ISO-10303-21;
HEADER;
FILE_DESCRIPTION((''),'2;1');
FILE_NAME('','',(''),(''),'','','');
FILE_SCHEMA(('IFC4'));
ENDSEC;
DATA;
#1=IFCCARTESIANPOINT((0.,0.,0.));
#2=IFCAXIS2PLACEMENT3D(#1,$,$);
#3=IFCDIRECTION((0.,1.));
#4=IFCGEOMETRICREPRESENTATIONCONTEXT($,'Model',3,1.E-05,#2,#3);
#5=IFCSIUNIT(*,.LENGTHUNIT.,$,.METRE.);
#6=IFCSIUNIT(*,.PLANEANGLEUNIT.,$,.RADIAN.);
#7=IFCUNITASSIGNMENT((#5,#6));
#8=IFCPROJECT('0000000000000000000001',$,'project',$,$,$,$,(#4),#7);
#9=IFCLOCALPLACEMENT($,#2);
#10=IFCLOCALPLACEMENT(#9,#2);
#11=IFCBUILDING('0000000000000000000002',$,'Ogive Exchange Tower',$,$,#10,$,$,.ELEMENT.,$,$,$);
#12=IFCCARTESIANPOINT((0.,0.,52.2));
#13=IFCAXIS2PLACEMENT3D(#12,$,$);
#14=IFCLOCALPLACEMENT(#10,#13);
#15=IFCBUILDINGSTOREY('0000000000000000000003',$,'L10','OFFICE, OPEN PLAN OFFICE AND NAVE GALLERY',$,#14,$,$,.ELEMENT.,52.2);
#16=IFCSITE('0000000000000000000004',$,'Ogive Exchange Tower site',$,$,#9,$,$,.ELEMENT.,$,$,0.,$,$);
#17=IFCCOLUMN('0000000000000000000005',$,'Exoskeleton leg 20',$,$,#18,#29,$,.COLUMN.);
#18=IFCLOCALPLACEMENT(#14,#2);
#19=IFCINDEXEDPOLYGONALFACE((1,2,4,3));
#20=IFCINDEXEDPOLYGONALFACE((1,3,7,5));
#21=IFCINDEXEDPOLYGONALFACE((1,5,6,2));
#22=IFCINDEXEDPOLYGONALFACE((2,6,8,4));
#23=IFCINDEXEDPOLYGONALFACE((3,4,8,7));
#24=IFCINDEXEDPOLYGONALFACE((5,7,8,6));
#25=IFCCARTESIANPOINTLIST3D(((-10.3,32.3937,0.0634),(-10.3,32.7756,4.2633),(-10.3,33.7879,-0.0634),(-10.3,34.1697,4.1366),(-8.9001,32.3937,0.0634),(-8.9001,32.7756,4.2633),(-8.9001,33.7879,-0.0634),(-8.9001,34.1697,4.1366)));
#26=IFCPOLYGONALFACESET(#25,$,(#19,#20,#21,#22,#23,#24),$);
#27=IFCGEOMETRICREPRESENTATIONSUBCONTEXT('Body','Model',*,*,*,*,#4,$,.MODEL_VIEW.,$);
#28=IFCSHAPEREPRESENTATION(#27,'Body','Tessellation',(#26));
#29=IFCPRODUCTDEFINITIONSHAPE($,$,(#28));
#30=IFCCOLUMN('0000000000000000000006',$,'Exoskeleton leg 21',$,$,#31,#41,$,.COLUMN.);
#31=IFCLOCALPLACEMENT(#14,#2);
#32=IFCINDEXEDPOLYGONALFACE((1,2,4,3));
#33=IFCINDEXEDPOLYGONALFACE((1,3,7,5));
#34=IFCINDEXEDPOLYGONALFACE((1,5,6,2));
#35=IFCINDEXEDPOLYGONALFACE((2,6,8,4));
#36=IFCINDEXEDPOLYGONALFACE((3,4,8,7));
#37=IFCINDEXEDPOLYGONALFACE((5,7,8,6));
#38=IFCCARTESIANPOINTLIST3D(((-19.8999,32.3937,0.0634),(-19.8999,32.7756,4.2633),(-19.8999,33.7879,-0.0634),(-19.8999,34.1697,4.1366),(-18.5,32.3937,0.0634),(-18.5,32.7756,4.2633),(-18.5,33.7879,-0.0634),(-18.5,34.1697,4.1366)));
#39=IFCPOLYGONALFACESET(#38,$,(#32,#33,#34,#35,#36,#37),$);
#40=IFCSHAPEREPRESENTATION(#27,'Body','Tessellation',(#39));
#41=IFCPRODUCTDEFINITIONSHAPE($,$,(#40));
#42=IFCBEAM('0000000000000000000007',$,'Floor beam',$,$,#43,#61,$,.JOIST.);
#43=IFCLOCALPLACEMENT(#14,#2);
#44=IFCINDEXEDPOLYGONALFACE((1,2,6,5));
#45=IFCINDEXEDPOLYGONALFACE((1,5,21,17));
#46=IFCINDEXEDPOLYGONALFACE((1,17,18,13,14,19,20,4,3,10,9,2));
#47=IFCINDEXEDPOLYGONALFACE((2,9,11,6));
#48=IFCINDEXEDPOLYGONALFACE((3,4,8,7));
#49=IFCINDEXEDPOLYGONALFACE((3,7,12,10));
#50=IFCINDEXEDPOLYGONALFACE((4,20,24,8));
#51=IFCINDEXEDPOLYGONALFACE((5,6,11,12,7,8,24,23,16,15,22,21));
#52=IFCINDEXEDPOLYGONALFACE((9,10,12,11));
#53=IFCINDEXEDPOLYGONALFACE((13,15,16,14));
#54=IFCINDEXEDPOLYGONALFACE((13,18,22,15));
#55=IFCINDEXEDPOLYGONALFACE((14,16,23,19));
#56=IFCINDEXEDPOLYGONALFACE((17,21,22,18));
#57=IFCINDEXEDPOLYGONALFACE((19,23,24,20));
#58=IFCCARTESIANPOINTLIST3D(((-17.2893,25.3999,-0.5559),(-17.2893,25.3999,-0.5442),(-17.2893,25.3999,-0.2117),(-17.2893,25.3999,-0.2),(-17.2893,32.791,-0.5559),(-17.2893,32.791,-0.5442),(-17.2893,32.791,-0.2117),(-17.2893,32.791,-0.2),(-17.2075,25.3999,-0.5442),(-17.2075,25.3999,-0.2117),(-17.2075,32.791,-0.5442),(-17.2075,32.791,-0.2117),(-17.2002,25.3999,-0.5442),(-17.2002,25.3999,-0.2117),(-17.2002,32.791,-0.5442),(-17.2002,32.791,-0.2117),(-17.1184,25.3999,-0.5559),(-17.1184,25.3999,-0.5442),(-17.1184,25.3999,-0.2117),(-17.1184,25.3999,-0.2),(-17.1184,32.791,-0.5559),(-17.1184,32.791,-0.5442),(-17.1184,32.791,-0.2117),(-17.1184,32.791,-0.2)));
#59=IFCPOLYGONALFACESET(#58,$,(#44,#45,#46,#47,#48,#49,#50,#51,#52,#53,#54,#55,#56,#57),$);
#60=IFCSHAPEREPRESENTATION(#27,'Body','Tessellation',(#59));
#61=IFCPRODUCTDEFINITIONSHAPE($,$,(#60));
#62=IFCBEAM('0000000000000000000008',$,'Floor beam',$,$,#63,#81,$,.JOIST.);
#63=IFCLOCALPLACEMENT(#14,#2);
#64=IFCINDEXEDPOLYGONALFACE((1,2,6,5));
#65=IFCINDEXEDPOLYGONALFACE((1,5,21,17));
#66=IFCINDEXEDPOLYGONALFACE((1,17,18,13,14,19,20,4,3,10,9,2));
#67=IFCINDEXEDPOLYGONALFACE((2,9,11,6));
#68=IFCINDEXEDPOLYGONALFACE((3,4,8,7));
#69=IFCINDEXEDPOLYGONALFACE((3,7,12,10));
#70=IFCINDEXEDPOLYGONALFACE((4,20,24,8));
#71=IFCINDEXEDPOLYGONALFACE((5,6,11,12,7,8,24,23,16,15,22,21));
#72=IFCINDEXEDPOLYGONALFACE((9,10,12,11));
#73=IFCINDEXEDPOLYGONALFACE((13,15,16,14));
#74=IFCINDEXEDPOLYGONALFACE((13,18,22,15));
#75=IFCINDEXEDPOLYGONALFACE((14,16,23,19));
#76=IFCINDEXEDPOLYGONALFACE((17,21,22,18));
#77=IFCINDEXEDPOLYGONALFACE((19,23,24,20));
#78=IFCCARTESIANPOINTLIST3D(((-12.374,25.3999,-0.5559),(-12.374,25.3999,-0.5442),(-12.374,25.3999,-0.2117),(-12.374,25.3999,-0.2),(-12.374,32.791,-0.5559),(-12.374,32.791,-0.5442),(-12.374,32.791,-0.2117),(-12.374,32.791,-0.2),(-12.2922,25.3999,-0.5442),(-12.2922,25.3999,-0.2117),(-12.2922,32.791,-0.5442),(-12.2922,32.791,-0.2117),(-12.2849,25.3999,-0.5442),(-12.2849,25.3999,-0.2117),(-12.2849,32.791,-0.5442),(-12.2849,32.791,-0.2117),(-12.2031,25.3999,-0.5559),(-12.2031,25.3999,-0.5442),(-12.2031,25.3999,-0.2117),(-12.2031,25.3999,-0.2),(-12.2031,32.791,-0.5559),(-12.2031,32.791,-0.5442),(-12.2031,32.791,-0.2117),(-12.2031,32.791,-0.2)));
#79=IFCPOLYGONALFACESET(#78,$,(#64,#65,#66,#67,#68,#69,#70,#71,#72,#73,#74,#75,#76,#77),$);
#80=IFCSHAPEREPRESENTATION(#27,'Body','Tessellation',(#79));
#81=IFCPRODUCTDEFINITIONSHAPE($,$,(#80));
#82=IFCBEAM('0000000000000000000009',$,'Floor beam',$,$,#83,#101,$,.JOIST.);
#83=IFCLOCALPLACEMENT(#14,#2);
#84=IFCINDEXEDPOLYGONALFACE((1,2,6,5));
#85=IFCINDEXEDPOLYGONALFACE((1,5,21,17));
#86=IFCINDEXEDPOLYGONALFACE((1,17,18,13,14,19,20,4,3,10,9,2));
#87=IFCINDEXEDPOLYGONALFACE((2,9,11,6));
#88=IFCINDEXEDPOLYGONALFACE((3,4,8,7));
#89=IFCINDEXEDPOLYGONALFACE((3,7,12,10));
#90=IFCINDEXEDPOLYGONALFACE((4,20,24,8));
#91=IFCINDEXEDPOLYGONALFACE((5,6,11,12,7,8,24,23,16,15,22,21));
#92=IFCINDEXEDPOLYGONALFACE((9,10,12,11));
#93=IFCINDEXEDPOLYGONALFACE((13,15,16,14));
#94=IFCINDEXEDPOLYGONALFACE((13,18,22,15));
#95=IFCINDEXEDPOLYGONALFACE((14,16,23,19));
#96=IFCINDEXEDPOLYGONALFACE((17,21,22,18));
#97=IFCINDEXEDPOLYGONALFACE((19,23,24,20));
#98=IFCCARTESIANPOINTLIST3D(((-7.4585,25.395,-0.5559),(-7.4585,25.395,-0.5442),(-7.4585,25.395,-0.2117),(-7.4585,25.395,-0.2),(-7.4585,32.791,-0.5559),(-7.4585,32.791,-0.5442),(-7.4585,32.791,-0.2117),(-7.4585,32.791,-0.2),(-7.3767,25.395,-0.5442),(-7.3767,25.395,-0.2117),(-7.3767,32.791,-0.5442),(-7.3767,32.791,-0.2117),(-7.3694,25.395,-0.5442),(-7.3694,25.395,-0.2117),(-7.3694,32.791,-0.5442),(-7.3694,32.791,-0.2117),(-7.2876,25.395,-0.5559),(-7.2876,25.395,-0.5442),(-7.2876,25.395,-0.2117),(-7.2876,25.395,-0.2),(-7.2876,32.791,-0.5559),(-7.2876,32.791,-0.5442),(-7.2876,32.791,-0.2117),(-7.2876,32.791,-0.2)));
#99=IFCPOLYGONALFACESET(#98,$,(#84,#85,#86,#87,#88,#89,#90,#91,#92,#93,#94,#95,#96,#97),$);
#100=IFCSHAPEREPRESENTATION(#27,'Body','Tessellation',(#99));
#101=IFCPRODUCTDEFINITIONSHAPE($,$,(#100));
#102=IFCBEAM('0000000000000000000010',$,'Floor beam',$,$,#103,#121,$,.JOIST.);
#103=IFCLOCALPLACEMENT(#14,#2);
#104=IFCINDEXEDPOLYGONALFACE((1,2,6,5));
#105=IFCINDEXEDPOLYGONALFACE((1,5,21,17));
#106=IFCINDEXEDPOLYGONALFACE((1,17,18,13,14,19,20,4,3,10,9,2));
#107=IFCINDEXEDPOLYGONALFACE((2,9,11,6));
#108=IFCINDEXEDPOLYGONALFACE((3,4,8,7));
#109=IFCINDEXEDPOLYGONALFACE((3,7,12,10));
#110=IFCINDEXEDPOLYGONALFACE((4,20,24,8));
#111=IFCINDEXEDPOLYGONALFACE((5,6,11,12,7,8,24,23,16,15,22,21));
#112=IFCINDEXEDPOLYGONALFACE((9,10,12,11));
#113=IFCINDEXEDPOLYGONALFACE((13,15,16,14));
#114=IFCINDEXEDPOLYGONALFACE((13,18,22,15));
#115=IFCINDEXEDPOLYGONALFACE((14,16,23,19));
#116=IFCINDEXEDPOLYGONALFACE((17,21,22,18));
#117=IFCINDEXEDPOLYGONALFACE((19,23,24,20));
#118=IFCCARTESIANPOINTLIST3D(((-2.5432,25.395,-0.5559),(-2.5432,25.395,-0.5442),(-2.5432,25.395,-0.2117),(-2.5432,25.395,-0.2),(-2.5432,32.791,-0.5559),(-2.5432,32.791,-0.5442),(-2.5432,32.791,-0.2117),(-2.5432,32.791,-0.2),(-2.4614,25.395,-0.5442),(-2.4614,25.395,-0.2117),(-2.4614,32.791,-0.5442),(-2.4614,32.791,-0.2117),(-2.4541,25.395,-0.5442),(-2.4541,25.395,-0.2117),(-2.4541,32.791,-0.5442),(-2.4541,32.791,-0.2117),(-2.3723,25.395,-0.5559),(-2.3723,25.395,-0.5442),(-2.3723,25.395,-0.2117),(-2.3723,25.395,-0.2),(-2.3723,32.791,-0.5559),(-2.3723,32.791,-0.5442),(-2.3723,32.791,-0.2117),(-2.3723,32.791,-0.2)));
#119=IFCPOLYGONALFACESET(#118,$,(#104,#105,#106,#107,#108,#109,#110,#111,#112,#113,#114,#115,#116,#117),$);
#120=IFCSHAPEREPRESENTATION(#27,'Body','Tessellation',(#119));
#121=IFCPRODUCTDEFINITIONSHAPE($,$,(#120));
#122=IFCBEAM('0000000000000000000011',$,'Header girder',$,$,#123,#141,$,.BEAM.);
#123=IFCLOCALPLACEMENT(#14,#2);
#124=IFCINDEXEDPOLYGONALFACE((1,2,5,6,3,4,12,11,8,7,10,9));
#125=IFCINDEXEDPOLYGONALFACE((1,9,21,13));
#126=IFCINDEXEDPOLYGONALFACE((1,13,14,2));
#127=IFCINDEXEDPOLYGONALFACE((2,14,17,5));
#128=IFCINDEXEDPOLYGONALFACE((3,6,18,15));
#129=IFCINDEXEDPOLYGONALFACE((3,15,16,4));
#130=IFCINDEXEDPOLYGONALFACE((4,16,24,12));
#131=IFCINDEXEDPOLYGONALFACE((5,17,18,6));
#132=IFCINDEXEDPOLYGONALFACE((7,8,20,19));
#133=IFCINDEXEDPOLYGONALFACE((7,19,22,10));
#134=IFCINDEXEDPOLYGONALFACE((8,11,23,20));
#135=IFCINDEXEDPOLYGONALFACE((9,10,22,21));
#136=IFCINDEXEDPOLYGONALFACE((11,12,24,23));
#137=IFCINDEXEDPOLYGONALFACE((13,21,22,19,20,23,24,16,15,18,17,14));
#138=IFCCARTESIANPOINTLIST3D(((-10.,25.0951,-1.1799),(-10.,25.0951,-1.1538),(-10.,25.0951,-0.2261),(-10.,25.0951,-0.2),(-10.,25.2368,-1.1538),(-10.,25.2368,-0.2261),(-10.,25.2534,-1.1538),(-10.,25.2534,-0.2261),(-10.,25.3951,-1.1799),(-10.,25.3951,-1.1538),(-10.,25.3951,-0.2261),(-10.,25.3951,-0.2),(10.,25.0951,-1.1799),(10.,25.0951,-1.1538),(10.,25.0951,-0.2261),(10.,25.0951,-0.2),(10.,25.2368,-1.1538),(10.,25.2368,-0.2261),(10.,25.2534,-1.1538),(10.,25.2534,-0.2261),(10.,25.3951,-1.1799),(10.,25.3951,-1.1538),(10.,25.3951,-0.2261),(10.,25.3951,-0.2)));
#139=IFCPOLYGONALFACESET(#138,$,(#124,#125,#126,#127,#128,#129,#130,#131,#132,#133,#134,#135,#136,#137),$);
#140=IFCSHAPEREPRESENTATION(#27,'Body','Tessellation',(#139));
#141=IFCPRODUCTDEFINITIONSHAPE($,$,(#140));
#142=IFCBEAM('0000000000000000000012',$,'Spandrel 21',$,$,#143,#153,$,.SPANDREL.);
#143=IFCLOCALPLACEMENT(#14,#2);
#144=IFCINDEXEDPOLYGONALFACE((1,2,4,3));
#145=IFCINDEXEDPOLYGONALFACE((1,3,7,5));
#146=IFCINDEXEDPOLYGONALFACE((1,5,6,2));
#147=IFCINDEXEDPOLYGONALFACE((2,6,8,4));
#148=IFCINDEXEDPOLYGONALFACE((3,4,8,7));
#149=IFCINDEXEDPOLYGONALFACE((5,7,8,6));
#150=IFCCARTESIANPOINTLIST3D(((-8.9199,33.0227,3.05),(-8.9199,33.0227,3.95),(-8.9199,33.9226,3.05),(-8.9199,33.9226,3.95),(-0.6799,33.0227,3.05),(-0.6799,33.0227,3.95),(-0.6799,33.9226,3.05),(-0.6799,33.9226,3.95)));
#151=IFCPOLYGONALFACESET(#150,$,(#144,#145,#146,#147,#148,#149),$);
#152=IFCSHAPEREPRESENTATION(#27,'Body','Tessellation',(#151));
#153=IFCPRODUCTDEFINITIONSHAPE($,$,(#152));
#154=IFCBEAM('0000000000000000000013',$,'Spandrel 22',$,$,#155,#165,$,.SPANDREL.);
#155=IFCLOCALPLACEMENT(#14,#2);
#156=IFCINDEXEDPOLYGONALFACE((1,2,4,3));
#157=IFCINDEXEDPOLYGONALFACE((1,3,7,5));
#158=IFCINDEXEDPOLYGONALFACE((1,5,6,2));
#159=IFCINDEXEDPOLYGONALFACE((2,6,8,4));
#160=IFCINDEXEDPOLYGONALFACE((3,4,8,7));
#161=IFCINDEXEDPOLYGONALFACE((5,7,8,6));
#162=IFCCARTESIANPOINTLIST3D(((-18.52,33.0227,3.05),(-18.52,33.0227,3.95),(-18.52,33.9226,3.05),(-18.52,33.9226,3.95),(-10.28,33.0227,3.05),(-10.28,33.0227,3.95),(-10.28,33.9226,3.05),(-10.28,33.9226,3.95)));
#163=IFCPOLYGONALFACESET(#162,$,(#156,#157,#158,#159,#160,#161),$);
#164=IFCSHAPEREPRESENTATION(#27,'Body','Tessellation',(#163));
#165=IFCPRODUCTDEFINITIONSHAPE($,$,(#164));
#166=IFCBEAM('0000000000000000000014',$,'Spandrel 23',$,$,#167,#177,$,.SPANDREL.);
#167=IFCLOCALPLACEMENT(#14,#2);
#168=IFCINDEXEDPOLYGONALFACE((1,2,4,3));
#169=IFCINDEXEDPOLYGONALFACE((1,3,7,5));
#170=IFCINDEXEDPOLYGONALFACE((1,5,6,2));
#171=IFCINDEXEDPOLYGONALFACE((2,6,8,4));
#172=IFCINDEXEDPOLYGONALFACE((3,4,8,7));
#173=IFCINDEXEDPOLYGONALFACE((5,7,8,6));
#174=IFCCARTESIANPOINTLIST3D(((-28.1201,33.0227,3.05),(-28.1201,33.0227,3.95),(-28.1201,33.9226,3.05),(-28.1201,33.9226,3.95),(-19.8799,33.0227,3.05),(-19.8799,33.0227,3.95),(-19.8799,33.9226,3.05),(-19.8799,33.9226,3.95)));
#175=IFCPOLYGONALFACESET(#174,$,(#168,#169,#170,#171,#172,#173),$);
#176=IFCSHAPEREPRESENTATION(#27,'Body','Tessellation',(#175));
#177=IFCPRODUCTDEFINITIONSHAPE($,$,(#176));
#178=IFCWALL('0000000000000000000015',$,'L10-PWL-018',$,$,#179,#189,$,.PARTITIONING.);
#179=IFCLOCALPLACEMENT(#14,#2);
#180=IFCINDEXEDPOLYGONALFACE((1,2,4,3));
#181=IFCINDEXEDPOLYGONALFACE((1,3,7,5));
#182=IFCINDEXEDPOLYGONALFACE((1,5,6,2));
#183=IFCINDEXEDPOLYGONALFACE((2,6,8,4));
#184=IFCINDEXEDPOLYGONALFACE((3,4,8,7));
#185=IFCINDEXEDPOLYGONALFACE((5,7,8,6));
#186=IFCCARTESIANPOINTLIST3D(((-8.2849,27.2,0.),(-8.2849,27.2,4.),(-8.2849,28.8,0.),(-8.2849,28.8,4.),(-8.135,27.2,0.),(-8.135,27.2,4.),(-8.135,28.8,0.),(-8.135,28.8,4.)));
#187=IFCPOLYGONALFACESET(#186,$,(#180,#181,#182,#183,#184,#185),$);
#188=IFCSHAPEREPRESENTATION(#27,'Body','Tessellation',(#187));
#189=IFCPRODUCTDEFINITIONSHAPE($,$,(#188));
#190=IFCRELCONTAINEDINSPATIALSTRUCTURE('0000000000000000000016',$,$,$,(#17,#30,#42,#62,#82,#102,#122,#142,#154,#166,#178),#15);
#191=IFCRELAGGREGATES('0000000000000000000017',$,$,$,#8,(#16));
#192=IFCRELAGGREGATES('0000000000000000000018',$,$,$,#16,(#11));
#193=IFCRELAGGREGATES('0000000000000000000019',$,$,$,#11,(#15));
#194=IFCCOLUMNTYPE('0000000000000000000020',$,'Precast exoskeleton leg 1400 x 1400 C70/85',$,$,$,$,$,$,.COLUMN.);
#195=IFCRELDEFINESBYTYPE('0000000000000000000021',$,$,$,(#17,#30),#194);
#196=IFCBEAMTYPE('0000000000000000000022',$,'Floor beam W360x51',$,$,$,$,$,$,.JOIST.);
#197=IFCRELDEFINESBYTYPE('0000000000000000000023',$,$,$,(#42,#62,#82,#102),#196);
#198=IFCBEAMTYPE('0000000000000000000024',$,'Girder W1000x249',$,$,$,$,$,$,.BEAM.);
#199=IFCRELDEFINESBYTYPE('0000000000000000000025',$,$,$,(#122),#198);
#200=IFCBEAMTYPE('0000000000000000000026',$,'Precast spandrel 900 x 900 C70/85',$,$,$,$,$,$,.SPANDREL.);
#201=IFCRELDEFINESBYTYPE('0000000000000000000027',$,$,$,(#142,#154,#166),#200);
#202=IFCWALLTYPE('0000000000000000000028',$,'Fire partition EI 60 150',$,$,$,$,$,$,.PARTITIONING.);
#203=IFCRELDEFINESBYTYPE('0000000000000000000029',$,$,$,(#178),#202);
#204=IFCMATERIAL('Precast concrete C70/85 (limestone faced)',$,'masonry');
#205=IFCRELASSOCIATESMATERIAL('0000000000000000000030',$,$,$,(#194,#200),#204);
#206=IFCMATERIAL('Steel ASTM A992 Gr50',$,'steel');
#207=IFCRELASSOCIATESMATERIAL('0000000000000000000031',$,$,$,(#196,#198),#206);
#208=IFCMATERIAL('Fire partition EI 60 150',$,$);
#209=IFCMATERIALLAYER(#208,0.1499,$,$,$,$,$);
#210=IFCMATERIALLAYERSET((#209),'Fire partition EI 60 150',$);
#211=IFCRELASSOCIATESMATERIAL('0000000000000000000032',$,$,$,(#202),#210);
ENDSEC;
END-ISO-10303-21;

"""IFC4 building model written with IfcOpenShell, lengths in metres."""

from ifc_helpers import new_model, si_unit, direction, frame, frame_2d, origin, origin_2d, place, context, subcontext, project, spatial, rectangle, i_section, extrude, material, layer, layer_set, material_profile, profile_set, type_object, element, save


model = new_model("IFC4")

# Units and contexts
model_context = context("Model", 3, precision=1e-05, world=origin(), true_north=direction((0.0, 1.0)))
body_context = subcontext(model_context, "Body", "Model", "MODEL_VIEW")
ifc_project = project(units=[si_unit("LENGTHUNIT", "METRE"), si_unit("PLANEANGLEUNIT", "RADIAN")], contexts=[model_context])

# Site, building, storey
site_placement = place(None, origin())
site = spatial("IfcSite", under=ifc_project, at=site_placement, Name="Ogive Exchange Tower site", CompositionType="ELEMENT", RefElevation=0.0)
building_placement = place(site_placement, origin())
building = spatial("IfcBuilding", under=site, at=building_placement, Name="Ogive Exchange Tower", CompositionType="ELEMENT")
storey_placement = place(building_placement, frame((0.0, 0.0, 52.2)))
storey = spatial("IfcBuildingStorey", under=building, at=storey_placement, Name="L10", Description="OFFICE, OPEN PLAN OFFICE AND NAVE GALLERY", CompositionType="ELEMENT", Elevation=52.2)

# Columns
ifc_material_1 = material(Name="Precast concrete C70/85 (limestone faced)", Category="masonry")
ifc_material_profile_1 = material_profile(ifc_material_1, rectangle(XDim=1.3999, YDim=1.3999, at=origin_2d()), Name="1400 x 1400")
ifc_profile_set_1 = profile_set([ifc_material_profile_1], Name="Precast concrete C70/85 (limestone faced)")
column_type = type_object("IfcColumnType", Name="Precast exoskeleton leg 1400 x 1400 C70/85", PredefinedType="COLUMN", material=ifc_profile_set_1)
for number, where, z_axis, x_axis, name in (
    (1, (-9.6001, 33.0908, 0.0), (0.0, 0.090541, 0.995893), (-1.0, 0.0, 0.0), "Exoskeleton leg 20"),
    (2, (-19.2, 33.0908, 0.0), (0.0, 0.090541, 0.995893), (-1.0, 0.0, 0.0), "Exoskeleton leg 21"),
):
    element("IfcColumn", number, at=place(storey_placement, frame(where, z_axis=z_axis, x_axis=x_axis)), inside=storey, type_object=column_type, Name=name, PredefinedType="COLUMN", context=body_context, shape_type="SweptSolid", body=[
        extrude(rectangle(XDim=1.3999, YDim=1.3999, at=origin_2d()), origin(), (0.0, 0.0, 1.0), 4.2173),
    ])

# Beams
ifc_material_2 = material(Name="Steel ASTM A992 Gr50", Category="steel")
ifc_material_profile_2 = material_profile(ifc_material_2, i_section(OverallWidth=0.1709, OverallDepth=0.356, WebThickness=0.0073, FlangeThickness=0.0117, at=origin_2d()), Name="W360x51")
ifc_profile_set_2 = profile_set([ifc_material_profile_2], Name="Steel ASTM A992 Gr50")
beam_type_1 = type_object("IfcBeamType", Name="Floor beam W360x51", PredefinedType="JOIST", material=ifc_profile_set_2)
for number, where, z_axis, x_axis, name in (
    (3, (-17.2039, 25.3999, -0.3779), (0.0, 1.0, 0.0), (-1.0, 0.0, 0.0), "Floor beam"),
    (4, (-12.2886, 25.3999, -0.3779), (0.0, 1.0, 0.0), (-1.0, 0.0, 0.0), "Floor beam"),
):
    element("IfcBeam", number, at=place(storey_placement, frame(where, z_axis=z_axis, x_axis=x_axis)), inside=storey, type_object=beam_type_1, Name=name, PredefinedType="JOIST", context=body_context, shape_type="SweptSolid", body=[
        extrude(i_section(OverallWidth=0.1709, OverallDepth=0.356, WebThickness=0.0073, FlangeThickness=0.0117, at=origin_2d()), origin(), (0.0, 0.0, 1.0), 7.3911),
    ])
for number, where, z_axis, x_axis, name in (
    (5, (-7.373, 25.395, -0.3779), (0.0, 1.0, 0.0), (-1.0, 0.0, 0.0), "Floor beam"),
    (6, (-2.4578, 25.395, -0.3779), (0.0, 1.0, 0.0), (-1.0, 0.0, 0.0), "Floor beam"),
):
    element("IfcBeam", number, at=place(storey_placement, frame(where, z_axis=z_axis, x_axis=x_axis)), inside=storey, type_object=beam_type_1, Name=name, PredefinedType="JOIST", context=body_context, shape_type="SweptSolid", body=[
        extrude(i_section(OverallWidth=0.1709, OverallDepth=0.356, WebThickness=0.0073, FlangeThickness=0.0117, at=origin_2d()), origin(), (0.0, 0.0, 1.0), 7.396),
    ])
ifc_material_profile_3 = material_profile(ifc_material_2, i_section(OverallWidth=0.3, OverallDepth=0.98, WebThickness=0.0166, FlangeThickness=0.0261, at=origin_2d()), Name="W1000x249")
ifc_profile_set_3 = profile_set([ifc_material_profile_3], Name="Steel ASTM A992 Gr50")
beam_type_2 = type_object("IfcBeamType", Name="Girder W1000x249", PredefinedType="BEAM", material=ifc_profile_set_3)
beam_1_placement = place(storey_placement, frame((-10.0, 25.2451, -0.6899), z_axis=(1.0, 0.0, 0.0), x_axis=(0.0, 1.0, 0.0)))
element("IfcBeam", 7, at=beam_1_placement, inside=storey, type_object=beam_type_2, Name="Header girder", PredefinedType="BEAM", context=body_context, shape_type="SweptSolid", body=[
    extrude(i_section(OverallWidth=0.3, OverallDepth=0.98, WebThickness=0.0166, FlangeThickness=0.0261, at=origin_2d()), origin(), (0.0, 0.0, 1.0), 20.0),
])
ifc_material_profile_4 = material_profile(ifc_material_1, rectangle(XDim=0.8999, YDim=0.8999, at=origin_2d()), Name="900 x 900")
ifc_profile_set_4 = profile_set([ifc_material_profile_4], Name="Precast concrete C70/85 (limestone faced)")
beam_type_3 = type_object("IfcBeamType", Name="Precast spandrel 900 x 900 C70/85", PredefinedType="SPANDREL", material=ifc_profile_set_4)
for number, where, z_axis, x_axis, name in (
    (8, (-0.6799, 33.4727, 3.5), (-1.0, 0.0, 0.0), (0.0, -1.0, 0.0), "Spandrel 21"),
    (9, (-10.28, 33.4727, 3.5), (-1.0, 0.0, 0.0), (0.0, -1.0, 0.0), "Spandrel 22"),
):
    element("IfcBeam", number, at=place(storey_placement, frame(where, z_axis=z_axis, x_axis=x_axis)), inside=storey, type_object=beam_type_3, Name=name, PredefinedType="SPANDREL", context=body_context, shape_type="SweptSolid", body=[
        extrude(rectangle(XDim=0.8999, YDim=0.8999, at=origin_2d()), origin(), (0.0, 0.0, 1.0), 8.24),
    ])
beam_2_placement = place(storey_placement, frame((-19.8799, 33.4727, 3.5), z_axis=(-1.0, 0.0, 0.0), x_axis=(0.0, -1.0, 0.0)))
element("IfcBeam", 10, at=beam_2_placement, inside=storey, type_object=beam_type_3, Name="Spandrel 23", PredefinedType="SPANDREL", context=body_context, shape_type="SweptSolid", body=[
    extrude(rectangle(XDim=0.8999, YDim=0.8999, at=origin_2d()), origin(), (0.0, 0.0, 1.0), 8.2402),
])

# Wall
ifc_material_3 = material(Name="Fire partition EI 60 150")
ifc_layer_1 = layer(ifc_material_3, 0.1499)
ifc_layer_set_1 = layer_set([ifc_layer_1], Name="Fire partition EI 60 150")
wall_type_1 = type_object("IfcWallType", Name="Fire partition EI 60 150", PredefinedType="PARTITIONING", material=ifc_layer_set_1)
wall_1_placement = place(storey_placement, frame((-8.21, 28.8, 0.0), z_axis=(0.0, 0.0, 1.0), x_axis=(0.0, -1.0, 0.0)))
element("IfcWall", 11, at=wall_1_placement, inside=storey, type_object=wall_type_1, Name="L10-PWL-018", PredefinedType="PARTITIONING", context=body_context, shape_type="SweptSolid", body=[
    extrude(rectangle(XDim=1.6001, YDim=0.1499, at=frame_2d((0.8, 0.0))), origin(), (0.0, 0.0, 1.0), 4.0),
])

save(model, "model.ifc")
